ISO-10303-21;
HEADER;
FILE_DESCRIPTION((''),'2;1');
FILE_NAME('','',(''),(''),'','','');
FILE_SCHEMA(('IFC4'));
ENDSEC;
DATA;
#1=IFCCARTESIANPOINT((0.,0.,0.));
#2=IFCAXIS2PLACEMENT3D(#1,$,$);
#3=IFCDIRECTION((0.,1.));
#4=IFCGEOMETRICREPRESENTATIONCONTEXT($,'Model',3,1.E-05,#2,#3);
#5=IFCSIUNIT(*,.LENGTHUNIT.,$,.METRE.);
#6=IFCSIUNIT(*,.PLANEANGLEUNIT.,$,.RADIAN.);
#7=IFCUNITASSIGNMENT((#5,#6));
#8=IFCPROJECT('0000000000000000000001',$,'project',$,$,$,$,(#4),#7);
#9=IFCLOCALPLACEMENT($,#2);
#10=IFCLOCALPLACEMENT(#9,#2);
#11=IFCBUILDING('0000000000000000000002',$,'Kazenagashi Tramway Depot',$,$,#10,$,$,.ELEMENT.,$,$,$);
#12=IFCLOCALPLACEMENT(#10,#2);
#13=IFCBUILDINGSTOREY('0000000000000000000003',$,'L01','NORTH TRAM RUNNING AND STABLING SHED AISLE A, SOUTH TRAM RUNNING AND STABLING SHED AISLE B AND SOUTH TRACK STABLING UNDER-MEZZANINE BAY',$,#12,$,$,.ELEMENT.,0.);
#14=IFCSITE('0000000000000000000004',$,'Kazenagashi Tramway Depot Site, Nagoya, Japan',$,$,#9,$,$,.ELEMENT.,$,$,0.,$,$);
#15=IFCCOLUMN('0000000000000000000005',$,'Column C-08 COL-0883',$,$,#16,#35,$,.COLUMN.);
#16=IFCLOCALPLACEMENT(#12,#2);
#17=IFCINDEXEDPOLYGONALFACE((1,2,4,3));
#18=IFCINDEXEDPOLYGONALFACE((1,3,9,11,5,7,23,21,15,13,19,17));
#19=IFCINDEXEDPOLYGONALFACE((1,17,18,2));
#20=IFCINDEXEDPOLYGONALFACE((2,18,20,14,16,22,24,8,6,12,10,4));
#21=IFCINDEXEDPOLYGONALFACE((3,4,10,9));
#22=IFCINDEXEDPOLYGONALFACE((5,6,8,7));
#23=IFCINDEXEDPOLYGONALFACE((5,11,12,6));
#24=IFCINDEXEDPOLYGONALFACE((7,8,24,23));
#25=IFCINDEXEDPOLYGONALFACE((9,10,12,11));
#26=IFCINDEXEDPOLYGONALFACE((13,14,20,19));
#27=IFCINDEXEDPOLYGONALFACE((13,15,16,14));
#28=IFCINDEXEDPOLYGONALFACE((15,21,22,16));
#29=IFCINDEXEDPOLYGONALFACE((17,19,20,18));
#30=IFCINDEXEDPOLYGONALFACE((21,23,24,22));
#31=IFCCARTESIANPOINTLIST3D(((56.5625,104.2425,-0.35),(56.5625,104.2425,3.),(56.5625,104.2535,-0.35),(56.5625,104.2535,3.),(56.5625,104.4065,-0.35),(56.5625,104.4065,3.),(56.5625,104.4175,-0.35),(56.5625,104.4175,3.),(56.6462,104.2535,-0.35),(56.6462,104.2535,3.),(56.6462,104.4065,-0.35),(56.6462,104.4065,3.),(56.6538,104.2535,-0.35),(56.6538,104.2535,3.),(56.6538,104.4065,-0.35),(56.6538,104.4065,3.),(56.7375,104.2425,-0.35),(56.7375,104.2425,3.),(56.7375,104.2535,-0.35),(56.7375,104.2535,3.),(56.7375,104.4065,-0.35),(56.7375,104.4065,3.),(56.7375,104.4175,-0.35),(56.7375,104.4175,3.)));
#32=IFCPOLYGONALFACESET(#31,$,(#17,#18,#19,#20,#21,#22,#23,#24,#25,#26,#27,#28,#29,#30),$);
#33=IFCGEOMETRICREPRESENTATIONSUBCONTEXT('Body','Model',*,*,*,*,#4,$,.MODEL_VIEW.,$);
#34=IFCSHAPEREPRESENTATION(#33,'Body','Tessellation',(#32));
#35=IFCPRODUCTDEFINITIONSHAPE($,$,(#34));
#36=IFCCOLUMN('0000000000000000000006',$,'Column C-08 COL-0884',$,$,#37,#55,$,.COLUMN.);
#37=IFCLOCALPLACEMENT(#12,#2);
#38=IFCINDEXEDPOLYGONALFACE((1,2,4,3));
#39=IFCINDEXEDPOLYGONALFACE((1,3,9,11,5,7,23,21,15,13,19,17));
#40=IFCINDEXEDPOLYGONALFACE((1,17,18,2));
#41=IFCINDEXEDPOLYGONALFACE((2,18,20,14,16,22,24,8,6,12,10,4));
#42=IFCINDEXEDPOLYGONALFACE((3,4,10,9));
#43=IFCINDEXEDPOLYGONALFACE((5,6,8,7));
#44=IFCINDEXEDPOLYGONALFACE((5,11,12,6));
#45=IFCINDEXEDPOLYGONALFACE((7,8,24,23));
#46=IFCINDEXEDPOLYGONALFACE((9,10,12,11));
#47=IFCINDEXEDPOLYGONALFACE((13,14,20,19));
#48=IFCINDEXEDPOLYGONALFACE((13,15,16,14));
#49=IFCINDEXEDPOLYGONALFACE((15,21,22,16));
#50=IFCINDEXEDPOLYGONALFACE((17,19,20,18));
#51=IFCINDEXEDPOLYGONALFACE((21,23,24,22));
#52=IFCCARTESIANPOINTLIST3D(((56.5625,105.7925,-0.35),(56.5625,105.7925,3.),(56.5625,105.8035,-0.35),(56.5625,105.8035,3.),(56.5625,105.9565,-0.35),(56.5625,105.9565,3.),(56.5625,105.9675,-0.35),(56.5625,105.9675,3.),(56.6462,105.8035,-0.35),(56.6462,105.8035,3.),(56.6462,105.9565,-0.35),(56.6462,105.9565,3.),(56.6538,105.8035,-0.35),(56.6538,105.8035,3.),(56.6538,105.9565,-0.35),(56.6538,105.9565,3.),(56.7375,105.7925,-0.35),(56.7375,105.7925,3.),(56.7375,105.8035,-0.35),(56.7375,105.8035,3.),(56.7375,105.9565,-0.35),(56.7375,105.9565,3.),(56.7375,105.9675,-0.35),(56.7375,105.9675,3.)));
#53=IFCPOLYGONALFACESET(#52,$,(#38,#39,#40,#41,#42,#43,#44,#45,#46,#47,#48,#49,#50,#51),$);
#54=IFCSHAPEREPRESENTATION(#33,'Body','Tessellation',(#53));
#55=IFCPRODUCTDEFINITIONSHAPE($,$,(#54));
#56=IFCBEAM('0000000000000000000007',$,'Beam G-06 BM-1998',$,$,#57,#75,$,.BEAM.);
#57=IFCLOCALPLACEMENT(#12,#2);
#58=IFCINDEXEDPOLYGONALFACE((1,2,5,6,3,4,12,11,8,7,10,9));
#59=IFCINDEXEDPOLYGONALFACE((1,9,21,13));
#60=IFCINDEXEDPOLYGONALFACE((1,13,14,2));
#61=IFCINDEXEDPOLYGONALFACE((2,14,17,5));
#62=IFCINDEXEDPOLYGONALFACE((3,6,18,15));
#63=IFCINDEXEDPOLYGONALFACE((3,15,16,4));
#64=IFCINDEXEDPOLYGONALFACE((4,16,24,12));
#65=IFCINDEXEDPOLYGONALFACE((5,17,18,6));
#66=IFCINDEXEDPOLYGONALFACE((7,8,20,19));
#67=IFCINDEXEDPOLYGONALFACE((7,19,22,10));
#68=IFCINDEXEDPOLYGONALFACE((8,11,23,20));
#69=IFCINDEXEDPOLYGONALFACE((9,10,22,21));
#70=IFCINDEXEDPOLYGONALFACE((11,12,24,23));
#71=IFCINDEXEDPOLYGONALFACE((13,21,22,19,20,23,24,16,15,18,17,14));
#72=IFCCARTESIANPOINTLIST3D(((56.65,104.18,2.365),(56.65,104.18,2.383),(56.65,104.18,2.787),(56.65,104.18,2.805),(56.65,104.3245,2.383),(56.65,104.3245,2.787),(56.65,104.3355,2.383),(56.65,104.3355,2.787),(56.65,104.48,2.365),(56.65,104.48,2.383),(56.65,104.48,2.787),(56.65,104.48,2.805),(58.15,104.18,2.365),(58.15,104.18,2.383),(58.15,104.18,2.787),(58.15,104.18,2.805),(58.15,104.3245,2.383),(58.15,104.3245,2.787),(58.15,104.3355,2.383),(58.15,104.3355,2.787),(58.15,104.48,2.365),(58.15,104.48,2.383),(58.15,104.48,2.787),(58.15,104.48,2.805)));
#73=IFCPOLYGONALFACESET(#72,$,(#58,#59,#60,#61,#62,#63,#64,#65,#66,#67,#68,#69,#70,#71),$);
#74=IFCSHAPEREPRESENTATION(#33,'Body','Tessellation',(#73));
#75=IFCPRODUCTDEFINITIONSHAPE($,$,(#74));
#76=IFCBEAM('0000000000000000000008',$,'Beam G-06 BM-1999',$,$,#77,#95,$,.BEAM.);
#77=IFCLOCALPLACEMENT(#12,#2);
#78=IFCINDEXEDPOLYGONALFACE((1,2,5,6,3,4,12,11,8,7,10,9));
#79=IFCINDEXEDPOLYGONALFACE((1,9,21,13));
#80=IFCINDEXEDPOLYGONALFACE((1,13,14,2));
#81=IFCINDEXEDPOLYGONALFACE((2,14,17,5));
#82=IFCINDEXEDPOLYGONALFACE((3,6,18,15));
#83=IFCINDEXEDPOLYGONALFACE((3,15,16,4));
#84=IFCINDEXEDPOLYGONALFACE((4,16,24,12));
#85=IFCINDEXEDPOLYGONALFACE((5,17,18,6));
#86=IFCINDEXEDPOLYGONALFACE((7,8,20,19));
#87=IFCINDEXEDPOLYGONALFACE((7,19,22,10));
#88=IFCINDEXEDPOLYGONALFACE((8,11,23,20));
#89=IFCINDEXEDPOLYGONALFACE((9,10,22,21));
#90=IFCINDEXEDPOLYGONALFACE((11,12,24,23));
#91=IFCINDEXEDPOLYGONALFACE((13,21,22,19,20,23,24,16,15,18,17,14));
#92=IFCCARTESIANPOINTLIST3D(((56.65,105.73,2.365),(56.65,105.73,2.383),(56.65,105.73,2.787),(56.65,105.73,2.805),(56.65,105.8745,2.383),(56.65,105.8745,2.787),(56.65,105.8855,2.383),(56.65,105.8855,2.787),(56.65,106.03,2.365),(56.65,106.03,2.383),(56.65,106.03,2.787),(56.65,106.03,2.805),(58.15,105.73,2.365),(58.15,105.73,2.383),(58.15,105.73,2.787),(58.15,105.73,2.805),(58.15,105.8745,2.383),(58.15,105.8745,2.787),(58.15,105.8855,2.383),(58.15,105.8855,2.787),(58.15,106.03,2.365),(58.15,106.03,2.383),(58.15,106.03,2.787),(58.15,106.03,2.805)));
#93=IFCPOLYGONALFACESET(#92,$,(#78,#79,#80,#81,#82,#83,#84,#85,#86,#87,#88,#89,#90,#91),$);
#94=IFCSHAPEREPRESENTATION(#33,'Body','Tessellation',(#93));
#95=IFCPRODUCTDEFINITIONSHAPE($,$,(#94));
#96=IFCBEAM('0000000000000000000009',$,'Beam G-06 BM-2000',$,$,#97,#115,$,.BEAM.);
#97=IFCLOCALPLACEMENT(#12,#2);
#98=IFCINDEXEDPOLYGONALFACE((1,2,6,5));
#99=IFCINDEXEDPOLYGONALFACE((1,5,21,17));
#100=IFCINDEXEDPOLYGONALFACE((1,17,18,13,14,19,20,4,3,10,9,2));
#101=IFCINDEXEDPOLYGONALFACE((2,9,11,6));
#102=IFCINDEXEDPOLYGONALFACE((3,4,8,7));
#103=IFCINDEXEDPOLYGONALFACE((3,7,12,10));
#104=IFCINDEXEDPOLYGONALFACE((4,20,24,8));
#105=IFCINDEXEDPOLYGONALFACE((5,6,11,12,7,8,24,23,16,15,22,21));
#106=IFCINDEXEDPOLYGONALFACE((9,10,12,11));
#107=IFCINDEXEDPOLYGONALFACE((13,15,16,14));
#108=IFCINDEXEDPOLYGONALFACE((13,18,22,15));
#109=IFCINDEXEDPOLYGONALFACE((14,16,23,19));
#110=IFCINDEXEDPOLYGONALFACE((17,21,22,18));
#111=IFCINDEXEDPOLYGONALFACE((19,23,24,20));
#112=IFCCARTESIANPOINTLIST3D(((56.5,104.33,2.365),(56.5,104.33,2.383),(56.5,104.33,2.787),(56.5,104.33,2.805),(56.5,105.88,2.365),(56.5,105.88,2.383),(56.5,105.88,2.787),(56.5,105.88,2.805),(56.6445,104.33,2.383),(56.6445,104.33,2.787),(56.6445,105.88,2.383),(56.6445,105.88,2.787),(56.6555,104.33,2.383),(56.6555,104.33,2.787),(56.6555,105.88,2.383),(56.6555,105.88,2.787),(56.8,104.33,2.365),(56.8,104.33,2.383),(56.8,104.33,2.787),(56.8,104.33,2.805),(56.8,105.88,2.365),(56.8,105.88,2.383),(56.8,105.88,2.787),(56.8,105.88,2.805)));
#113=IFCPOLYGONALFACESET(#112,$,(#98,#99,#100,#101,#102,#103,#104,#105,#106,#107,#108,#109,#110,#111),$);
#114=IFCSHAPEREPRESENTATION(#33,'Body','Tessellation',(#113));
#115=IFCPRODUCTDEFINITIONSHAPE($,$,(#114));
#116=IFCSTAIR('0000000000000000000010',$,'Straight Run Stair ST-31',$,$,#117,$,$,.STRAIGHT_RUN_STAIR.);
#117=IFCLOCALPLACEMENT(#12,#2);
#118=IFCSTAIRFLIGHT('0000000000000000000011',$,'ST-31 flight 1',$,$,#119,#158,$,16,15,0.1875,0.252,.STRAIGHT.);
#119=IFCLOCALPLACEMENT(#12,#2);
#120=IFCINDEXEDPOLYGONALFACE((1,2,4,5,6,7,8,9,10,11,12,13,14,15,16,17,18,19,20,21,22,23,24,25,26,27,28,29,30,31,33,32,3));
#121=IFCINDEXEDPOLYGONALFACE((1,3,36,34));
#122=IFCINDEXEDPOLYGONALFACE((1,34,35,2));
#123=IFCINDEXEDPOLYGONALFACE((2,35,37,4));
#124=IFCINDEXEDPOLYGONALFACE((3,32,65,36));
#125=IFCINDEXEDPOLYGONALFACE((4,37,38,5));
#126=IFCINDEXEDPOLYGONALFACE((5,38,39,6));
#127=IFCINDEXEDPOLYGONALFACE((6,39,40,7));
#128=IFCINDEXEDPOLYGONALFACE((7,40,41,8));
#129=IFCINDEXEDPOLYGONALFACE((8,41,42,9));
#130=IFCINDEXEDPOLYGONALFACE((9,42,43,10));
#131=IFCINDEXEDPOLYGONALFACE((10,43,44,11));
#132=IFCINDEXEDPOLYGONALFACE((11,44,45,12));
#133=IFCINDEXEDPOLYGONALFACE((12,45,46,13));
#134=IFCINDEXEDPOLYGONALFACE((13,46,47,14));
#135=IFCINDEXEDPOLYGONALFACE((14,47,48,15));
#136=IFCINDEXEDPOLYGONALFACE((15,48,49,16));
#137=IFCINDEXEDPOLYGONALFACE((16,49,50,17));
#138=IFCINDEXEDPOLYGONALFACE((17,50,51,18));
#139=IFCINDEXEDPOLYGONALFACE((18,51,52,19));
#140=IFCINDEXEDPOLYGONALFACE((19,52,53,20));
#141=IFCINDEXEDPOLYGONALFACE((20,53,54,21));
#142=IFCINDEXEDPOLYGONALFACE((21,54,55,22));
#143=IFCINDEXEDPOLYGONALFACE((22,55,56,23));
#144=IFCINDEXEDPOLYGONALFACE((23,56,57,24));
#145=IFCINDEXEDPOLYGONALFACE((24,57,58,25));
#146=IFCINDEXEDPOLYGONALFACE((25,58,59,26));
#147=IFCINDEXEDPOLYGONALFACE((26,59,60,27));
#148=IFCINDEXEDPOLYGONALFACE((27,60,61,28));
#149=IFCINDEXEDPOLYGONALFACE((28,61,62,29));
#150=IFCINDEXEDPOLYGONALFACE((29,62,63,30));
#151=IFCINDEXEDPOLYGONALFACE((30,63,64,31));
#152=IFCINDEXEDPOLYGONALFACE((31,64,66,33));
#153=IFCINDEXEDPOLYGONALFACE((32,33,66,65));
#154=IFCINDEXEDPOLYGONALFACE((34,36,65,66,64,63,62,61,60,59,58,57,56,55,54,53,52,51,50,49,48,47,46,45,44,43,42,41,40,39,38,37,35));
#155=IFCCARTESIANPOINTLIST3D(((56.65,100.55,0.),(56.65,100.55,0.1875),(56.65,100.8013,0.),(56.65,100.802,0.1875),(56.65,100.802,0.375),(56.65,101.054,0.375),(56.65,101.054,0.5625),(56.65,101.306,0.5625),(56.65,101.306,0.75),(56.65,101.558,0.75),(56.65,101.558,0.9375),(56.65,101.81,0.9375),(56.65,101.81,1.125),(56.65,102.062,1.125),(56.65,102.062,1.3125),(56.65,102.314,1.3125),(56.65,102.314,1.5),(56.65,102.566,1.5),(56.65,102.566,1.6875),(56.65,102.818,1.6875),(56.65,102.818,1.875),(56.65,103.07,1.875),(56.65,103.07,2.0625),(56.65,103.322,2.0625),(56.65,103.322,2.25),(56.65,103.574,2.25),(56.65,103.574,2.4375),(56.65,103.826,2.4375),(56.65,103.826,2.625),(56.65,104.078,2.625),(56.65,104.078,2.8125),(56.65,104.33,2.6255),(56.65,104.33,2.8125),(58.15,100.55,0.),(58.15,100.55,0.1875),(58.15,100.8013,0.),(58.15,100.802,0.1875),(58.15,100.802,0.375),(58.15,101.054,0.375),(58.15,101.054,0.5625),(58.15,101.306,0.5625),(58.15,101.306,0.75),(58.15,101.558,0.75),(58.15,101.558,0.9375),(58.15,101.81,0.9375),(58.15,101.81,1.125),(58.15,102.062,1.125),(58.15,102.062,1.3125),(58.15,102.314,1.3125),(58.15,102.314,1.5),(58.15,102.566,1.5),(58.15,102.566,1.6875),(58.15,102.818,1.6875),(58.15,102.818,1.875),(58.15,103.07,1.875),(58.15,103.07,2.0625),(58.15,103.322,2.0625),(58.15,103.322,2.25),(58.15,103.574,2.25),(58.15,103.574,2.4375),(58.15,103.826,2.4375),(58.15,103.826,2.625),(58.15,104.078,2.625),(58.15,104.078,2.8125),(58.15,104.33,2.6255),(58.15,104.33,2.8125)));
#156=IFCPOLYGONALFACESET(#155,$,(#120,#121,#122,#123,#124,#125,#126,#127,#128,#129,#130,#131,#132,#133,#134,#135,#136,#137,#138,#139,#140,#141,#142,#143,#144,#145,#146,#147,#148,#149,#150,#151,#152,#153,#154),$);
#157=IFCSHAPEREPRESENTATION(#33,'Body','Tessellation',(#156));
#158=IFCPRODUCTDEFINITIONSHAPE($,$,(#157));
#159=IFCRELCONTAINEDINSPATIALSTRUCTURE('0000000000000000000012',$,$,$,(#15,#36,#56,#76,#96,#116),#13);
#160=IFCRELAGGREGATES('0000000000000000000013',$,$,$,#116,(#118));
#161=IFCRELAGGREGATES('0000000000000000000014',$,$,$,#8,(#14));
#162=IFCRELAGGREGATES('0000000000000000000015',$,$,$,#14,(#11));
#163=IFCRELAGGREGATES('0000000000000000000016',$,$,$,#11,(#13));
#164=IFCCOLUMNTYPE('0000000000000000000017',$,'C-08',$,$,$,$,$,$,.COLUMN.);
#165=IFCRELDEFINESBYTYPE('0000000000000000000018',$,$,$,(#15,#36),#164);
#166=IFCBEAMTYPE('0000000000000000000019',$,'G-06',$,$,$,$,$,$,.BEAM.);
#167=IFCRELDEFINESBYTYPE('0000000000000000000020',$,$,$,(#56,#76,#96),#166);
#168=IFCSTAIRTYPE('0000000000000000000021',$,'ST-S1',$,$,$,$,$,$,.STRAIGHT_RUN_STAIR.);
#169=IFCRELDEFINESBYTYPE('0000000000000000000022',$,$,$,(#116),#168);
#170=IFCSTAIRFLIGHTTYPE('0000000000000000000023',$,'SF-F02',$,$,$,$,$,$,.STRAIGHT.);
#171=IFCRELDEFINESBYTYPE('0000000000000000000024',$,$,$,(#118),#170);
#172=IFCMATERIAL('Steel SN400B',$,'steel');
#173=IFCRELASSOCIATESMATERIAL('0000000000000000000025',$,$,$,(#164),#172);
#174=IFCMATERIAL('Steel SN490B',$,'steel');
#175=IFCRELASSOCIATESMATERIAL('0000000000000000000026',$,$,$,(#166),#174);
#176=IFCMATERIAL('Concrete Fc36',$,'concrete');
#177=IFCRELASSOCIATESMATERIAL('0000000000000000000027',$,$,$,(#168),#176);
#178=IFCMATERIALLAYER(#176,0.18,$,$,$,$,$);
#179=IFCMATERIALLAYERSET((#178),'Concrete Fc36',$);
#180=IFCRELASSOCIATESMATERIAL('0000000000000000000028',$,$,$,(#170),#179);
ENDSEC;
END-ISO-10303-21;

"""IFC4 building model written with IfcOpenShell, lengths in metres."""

from ifc_helpers import new_model, si_unit, direction, frame, origin, origin_2d, place, context, subcontext, project, spatial, polyline, i_section, outline, extrude, material, layer, layer_set, material_profile, profile_set, type_object, element, aggregate, save


model = new_model("IFC4")

# Units and contexts
model_context = context("Model", 3, precision=1e-05, world=origin(), true_north=direction((0.0, 1.0)))
body_context = subcontext(model_context, "Body", "Model", "MODEL_VIEW")
ifc_project = project(units=[si_unit("LENGTHUNIT", "METRE"), si_unit("PLANEANGLEUNIT", "RADIAN")], contexts=[model_context])

# Site, building, storey
site_placement = place(None, origin())
site = spatial("IfcSite", under=ifc_project, at=site_placement, Name="Kazenagashi Tramway Depot Site, Nagoya, Japan", CompositionType="ELEMENT", RefElevation=0.0)
building_placement = place(site_placement, origin())
building = spatial("IfcBuilding", under=site, at=building_placement, Name="Kazenagashi Tramway Depot", CompositionType="ELEMENT")
storey_placement = place(building_placement, origin())
storey = spatial("IfcBuildingStorey", under=building, at=storey_placement, Name="L01", Description="NORTH TRAM RUNNING AND STABLING SHED AISLE A, SOUTH TRAM RUNNING AND STABLING SHED AISLE B AND SOUTH TRACK STABLING UNDER-MEZZANINE BAY", CompositionType="ELEMENT", Elevation=0.0)

# Columns
ifc_material_1 = material(Name="Steel SN400B", Category="steel")
ifc_material_profile_1 = material_profile(ifc_material_1, i_section(OverallWidth=0.175, OverallDepth=0.175, WebThickness=0.0075, FlangeThickness=0.011, at=origin_2d()), Name="H-175x175x7.5x11")
ifc_profile_set_1 = profile_set([ifc_material_profile_1], Name="Steel SN400B")
column_type = type_object("IfcColumnType", Name="C-08", PredefinedType="COLUMN", material=ifc_profile_set_1)
for number, where, z_axis, x_axis, name in (
    (1, (56.65, 104.33, -0.35), (0.0, 0.0, 1.0), (1.0, 0.0, 0.0), "Column C-08 COL-0883"),
    (2, (56.65, 105.88, -0.35), (0.0, 0.0, 1.0), (1.0, 0.0, 0.0), "Column C-08 COL-0884"),
):
    element("IfcColumn", number, at=place(storey_placement, frame(where, z_axis=z_axis, x_axis=x_axis)), inside=storey, type_object=column_type, Name=name, PredefinedType="COLUMN", context=body_context, shape_type="SweptSolid", body=[
        extrude(i_section(OverallWidth=0.175, OverallDepth=0.175, WebThickness=0.0075, FlangeThickness=0.011, at=origin_2d()), origin(), (0.0, 0.0, 1.0), 3.35),
    ])

# Beams
ifc_material_2 = material(Name="Steel SN490B", Category="steel")
ifc_material_profile_2 = material_profile(ifc_material_2, i_section(OverallWidth=0.3, OverallDepth=0.44, WebThickness=0.011, FlangeThickness=0.018, at=origin_2d()), Name="H-440x300x11x18")
ifc_profile_set_2 = profile_set([ifc_material_profile_2], Name="Steel SN490B")
beam_type = type_object("IfcBeamType", Name="G-06", PredefinedType="BEAM", material=ifc_profile_set_2)
for number, where, z_axis, x_axis, name in (
    (3, (56.65, 104.33, 2.585), (1.0, 0.0, 0.0), (0.0, 1.0, 0.0), "Beam G-06 BM-1998"),
    (4, (56.65, 105.88, 2.585), (1.0, 0.0, 0.0), (0.0, 1.0, 0.0), "Beam G-06 BM-1999"),
):
    element("IfcBeam", number, at=place(storey_placement, frame(where, z_axis=z_axis, x_axis=x_axis)), inside=storey, type_object=beam_type, Name=name, PredefinedType="BEAM", context=body_context, shape_type="SweptSolid", body=[
        extrude(i_section(OverallWidth=0.3, OverallDepth=0.44, WebThickness=0.011, FlangeThickness=0.018, at=origin_2d()), origin(), (0.0, 0.0, 1.0), 1.5),
    ])
beam_placement = place(storey_placement, frame((56.65, 104.33, 2.585), z_axis=(0.0, 1.0, 0.0), x_axis=(-1.0, 0.0, 0.0)))
element("IfcBeam", 5, at=beam_placement, inside=storey, type_object=beam_type, Name="Beam G-06 BM-2000", PredefinedType="BEAM", context=body_context, shape_type="SweptSolid", body=[
    extrude(i_section(OverallWidth=0.3, OverallDepth=0.44, WebThickness=0.011, FlangeThickness=0.018, at=origin_2d()), origin(), (0.0, 0.0, 1.0), 1.55),
])

# Stair, stair flight
ifc_material_3 = material(Name="Concrete Fc36", Category="concrete")
stair_type_1 = type_object("IfcStairType", Name="ST-S1", PredefinedType="STRAIGHT_RUN_STAIR", material=ifc_material_3)
stair_1_placement = place(storey_placement, origin())
stair_1 = element("IfcStair", 6, at=stair_1_placement, inside=storey, type_object=stair_type_1, Name="Straight Run Stair ST-31", PredefinedType="STRAIGHT_RUN_STAIR")
ifc_layer_1 = layer(ifc_material_3, 0.18)
ifc_layer_set_1 = layer_set([ifc_layer_1], Name="Concrete Fc36")
stair_flight_type_1 = type_object("IfcStairFlightType", Name="SF-F02", PredefinedType="STRAIGHT", material=ifc_layer_set_1)
stair_flight_1_placement = place(storey_placement, frame((57.4, 100.55, 0.0), z_axis=(0.0, 0.0, 1.0), x_axis=(0.0, 1.0, 0.0)))
stair_flight_1 = element("IfcStairFlight", 7, at=stair_flight_1_placement, type_object=stair_flight_type_1, Name="ST-31 flight 1", NumberOfRisers=16, NumberOfTreads=15, PredefinedType="STRAIGHT", RiserHeight=0.1875, TreadLength=0.252, context=body_context, shape_type="SweptSolid", body=[
    extrude(outline(polyline([(0.0, 0.0), (0.0, 0.1875), (0.252, 0.1875), (0.252, 0.375), (0.504, 0.375), (0.504, 0.5625), (0.756, 0.5625), (0.756, 0.75), (1.008, 0.75), (1.008, 0.9375), (1.26, 0.9375), (1.26, 1.125), (1.512, 1.125), (1.512, 1.3125), (1.764, 1.3125), (1.764, 1.5), (2.016, 1.5), (2.016, 1.6875), (2.268, 1.6875), (2.268, 1.875), (2.52, 1.875), (2.52, 2.0625), (2.772, 2.0625), (2.772, 2.25), (3.024, 2.25), (3.024, 2.4375), (3.276, 2.4375), (3.276, 2.625), (3.528, 2.625), (3.528, 2.8125), (3.78, 2.8125), (3.78, 3.0), (3.78, 2.6255), (0.2513, 0.0), (0.0, 0.0)])), frame((0.0, 0.75, 0.0), z_axis=(0.0, -1.0, 0.0), x_axis=(1.0, 0.0, 0.0)), (0.0, 0.0, 1.0), 1.5),
])
aggregate(stair_1, [stair_flight_1])

save(model, "model.ifc")
